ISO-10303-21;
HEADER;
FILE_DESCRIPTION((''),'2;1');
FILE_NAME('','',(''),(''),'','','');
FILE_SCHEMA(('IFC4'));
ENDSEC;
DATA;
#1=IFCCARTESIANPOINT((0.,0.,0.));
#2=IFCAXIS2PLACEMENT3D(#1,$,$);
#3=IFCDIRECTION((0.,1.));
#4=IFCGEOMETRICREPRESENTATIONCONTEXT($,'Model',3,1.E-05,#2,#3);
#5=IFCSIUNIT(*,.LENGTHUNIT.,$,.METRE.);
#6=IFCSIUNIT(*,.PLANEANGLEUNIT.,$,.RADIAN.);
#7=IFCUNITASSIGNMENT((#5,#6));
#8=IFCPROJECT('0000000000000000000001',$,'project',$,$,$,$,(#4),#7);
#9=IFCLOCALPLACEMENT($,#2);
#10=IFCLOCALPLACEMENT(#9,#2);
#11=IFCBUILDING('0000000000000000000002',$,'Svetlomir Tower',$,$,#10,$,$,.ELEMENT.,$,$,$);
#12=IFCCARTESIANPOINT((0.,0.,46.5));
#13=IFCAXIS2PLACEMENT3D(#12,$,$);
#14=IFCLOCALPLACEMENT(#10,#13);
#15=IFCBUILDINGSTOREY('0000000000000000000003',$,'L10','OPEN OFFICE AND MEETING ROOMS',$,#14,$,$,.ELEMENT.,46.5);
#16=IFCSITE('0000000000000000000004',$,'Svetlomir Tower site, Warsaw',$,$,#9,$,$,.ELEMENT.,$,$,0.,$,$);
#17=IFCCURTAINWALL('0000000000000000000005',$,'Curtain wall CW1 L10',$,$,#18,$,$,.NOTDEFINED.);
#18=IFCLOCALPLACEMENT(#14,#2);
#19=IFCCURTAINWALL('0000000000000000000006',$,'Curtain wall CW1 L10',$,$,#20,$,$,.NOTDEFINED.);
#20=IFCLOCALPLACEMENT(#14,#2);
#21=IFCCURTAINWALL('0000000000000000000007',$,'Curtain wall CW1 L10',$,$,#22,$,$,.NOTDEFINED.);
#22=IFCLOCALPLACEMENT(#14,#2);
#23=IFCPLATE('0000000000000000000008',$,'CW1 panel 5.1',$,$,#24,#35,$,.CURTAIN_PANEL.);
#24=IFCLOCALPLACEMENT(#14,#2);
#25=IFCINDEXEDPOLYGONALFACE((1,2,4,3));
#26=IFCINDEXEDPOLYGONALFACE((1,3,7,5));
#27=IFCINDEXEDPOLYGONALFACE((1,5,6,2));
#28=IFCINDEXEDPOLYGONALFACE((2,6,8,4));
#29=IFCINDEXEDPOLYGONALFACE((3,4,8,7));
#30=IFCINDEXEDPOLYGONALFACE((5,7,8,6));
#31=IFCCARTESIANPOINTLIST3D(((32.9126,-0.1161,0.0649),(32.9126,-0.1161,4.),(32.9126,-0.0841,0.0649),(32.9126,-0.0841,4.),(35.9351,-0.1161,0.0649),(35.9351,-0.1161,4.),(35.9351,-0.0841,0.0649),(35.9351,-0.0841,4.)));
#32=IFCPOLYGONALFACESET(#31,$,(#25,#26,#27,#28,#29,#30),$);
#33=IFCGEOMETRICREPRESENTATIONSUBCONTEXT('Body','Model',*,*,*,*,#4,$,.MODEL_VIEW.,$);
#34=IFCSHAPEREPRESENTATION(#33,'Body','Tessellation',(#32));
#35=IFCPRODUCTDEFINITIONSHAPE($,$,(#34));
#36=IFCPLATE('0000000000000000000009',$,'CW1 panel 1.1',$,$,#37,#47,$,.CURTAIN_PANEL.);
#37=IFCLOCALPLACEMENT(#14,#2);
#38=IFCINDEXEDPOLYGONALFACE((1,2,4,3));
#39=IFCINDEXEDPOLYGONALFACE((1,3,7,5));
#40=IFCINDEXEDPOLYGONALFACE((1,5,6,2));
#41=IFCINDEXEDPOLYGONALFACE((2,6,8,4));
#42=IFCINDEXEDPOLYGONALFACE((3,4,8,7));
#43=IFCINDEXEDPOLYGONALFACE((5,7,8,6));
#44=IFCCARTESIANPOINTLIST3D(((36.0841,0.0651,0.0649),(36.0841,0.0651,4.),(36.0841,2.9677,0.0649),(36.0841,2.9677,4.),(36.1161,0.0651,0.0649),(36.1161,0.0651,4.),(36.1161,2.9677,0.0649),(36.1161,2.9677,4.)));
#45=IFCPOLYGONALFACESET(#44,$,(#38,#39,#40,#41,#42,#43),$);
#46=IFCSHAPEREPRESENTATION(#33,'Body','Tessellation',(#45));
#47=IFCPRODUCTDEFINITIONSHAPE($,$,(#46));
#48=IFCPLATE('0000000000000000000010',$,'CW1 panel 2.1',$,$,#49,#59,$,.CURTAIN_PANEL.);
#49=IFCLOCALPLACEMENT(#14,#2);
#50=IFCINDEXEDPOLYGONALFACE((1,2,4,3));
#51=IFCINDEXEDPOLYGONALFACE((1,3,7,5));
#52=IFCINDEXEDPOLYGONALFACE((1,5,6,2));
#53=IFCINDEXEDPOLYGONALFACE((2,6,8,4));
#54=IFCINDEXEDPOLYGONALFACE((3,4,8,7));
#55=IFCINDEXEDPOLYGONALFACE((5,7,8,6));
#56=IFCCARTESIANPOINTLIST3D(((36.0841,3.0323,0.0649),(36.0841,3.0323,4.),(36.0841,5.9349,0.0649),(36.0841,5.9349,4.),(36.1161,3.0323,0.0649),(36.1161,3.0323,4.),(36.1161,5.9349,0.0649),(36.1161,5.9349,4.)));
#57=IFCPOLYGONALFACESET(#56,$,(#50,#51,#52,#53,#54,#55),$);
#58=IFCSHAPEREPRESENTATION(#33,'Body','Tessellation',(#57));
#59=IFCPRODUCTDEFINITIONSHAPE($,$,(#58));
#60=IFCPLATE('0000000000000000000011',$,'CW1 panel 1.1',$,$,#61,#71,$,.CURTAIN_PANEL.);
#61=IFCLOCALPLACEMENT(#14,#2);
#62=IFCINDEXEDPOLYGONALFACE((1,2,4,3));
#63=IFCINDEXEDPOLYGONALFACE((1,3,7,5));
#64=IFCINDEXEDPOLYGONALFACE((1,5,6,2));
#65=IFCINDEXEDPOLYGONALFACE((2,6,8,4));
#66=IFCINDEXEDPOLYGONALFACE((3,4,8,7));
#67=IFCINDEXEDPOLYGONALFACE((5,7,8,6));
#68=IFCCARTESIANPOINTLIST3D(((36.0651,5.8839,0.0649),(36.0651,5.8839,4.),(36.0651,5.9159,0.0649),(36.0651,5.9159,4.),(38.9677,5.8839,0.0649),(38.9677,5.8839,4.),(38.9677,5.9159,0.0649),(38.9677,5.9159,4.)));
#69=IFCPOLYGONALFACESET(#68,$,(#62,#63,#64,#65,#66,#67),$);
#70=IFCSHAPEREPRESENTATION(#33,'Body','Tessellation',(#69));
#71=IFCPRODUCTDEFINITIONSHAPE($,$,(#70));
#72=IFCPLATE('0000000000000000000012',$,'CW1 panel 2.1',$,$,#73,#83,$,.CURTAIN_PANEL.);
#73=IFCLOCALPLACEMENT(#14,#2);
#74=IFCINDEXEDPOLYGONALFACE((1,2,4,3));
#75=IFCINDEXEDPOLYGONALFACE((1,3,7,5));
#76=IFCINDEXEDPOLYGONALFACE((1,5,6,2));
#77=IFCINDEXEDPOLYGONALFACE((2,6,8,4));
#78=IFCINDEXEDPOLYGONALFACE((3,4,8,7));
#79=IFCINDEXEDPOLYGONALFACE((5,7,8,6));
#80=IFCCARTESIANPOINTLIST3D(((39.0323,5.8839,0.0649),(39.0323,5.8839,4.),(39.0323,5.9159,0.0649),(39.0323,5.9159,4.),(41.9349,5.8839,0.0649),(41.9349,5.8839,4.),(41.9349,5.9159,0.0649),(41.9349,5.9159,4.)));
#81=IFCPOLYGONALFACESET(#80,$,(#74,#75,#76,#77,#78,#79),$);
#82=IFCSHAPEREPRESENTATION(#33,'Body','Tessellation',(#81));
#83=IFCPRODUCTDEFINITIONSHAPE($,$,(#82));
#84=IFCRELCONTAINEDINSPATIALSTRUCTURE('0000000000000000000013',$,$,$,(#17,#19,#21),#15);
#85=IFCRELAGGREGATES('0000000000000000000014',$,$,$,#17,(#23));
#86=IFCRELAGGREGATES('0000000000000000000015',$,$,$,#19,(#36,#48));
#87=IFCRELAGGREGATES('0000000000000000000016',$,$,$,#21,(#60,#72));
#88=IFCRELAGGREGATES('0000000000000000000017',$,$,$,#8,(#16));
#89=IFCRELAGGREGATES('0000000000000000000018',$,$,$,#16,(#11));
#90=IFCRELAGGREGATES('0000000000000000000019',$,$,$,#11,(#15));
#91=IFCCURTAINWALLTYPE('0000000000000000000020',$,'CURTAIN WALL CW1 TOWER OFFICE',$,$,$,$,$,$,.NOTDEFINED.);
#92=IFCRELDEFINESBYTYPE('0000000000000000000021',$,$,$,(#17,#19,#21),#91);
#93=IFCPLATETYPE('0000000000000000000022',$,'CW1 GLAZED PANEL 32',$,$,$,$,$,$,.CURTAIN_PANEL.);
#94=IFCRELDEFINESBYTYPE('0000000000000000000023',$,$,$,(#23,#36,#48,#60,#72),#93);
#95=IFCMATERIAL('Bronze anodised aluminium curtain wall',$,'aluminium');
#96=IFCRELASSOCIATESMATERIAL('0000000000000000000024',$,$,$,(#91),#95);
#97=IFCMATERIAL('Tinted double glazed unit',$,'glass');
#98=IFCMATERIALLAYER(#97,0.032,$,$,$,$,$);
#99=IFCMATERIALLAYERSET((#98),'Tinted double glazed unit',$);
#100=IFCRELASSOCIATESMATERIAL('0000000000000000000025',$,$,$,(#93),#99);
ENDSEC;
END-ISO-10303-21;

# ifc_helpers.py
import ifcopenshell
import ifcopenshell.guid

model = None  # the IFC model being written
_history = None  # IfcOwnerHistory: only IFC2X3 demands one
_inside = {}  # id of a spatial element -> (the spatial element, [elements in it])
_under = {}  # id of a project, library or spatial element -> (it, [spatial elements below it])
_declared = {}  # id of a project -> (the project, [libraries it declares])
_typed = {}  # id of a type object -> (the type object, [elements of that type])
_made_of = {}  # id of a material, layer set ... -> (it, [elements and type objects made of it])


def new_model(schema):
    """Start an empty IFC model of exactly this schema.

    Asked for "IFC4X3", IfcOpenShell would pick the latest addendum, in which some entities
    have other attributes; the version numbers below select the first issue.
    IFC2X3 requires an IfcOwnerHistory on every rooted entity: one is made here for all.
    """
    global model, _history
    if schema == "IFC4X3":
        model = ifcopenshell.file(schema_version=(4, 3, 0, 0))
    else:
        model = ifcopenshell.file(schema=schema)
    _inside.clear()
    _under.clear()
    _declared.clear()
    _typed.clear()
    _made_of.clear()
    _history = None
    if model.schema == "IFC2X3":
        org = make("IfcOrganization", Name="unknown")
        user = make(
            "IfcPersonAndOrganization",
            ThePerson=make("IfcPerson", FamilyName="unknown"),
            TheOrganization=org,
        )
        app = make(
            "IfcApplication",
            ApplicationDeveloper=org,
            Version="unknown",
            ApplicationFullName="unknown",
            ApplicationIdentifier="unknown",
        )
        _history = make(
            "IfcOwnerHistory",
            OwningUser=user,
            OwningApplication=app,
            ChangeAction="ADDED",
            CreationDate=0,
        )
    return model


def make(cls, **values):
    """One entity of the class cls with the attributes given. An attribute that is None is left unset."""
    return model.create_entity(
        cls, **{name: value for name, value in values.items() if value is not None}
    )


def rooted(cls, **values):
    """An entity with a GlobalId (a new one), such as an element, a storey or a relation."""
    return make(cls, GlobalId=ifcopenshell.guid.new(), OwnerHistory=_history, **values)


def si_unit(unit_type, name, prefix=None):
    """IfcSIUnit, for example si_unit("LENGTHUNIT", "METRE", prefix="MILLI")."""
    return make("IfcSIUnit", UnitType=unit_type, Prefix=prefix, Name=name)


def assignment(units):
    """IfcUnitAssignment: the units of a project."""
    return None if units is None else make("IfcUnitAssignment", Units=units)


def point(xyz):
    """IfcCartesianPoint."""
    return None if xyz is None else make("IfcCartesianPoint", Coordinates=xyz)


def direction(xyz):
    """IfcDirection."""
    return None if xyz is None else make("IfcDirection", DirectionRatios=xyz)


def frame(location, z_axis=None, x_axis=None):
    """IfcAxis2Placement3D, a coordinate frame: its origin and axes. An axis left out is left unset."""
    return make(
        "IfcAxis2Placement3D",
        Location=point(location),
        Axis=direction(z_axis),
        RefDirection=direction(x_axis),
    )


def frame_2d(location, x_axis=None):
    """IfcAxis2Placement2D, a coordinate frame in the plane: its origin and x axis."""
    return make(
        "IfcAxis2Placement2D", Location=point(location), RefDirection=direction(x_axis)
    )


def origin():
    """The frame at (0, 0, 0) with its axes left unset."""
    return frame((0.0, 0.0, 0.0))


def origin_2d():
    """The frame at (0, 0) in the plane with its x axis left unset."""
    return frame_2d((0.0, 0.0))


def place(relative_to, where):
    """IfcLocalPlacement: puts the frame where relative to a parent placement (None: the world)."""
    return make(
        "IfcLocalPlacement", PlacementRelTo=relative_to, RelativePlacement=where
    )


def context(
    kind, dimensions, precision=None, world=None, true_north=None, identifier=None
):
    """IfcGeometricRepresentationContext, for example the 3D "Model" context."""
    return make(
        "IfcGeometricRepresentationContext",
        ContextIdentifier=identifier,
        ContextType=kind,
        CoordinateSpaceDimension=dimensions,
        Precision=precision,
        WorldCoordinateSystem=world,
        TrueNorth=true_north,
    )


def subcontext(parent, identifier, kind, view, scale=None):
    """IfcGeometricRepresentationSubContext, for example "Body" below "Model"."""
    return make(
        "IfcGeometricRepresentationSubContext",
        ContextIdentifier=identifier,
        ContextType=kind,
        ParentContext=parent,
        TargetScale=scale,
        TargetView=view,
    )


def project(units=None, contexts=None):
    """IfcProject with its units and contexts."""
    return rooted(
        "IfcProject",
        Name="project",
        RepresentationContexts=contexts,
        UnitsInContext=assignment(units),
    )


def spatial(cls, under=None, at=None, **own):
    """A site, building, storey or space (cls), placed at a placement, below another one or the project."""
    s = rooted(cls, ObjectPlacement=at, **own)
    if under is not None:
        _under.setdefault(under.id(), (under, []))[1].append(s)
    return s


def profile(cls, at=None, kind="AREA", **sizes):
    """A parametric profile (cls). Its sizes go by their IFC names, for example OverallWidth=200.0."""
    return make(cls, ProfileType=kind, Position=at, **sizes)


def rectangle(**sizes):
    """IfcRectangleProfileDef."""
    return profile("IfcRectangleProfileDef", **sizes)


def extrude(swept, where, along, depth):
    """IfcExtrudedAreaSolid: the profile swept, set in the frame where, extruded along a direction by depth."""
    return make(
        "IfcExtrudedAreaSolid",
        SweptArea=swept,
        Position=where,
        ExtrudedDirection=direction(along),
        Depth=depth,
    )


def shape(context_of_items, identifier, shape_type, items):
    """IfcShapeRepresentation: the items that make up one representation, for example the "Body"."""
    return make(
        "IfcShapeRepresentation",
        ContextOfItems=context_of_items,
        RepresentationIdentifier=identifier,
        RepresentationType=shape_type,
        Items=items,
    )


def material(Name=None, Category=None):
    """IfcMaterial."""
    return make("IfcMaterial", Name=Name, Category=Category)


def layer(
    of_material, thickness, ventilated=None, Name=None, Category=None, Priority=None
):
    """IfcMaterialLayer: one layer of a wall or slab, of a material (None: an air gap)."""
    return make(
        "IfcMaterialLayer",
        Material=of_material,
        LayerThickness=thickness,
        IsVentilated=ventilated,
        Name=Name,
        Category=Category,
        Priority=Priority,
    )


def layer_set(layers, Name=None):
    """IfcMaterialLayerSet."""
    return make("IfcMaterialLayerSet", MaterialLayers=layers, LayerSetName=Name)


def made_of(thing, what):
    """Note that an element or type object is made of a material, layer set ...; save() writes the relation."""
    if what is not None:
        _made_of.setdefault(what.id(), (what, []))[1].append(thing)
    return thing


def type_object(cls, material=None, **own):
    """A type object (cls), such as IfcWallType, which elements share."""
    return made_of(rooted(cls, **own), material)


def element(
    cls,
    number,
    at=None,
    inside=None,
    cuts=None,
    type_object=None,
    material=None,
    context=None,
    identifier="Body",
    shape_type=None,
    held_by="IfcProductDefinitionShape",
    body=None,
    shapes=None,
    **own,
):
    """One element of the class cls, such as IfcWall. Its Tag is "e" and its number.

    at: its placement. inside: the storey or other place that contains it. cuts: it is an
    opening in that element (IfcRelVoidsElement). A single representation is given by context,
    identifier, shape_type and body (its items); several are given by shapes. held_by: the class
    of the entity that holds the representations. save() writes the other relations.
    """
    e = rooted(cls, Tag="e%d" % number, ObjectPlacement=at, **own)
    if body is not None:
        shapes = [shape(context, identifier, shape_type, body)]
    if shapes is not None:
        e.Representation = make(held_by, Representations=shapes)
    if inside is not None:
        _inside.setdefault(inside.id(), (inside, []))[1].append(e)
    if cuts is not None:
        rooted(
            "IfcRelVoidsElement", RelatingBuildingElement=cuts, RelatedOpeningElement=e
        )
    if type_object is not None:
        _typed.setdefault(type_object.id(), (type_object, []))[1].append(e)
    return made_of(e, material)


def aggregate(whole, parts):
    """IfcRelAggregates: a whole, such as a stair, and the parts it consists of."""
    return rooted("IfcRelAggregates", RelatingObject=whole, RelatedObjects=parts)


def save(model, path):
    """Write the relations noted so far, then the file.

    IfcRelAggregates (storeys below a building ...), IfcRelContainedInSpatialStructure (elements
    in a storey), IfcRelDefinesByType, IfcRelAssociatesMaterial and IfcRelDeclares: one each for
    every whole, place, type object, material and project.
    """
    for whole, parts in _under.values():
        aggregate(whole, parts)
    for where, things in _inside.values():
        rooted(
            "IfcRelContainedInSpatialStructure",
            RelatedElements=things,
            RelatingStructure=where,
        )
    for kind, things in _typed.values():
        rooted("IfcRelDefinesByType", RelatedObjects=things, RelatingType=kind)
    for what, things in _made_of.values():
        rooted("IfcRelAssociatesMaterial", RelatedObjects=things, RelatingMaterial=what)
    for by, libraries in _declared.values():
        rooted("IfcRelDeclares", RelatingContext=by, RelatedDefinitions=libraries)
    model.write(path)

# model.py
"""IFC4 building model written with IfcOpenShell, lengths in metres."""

from ifc_helpers import new_model, si_unit, direction, frame, origin, origin_2d, place, context, subcontext, project, spatial, rectangle, extrude, material, layer, layer_set, type_object, element, aggregate, save


model = new_model("IFC4")

# Units and contexts
model_context = context("Model", 3, precision=1e-05, world=origin(), true_north=direction((0.0, 1.0)))
body_context = subcontext(model_context, "Body", "Model", "MODEL_VIEW")
ifc_project = project(units=[si_unit("LENGTHUNIT", "METRE"), si_unit("PLANEANGLEUNIT", "RADIAN")], contexts=[model_context])

# Site, building, storey
site_placement = place(None, origin())
site = spatial("IfcSite", under=ifc_project, at=site_placement, Name="Svetlomir Tower site, Warsaw", CompositionType="ELEMENT", RefElevation=0.0)
building_placement = place(site_placement, origin())
building = spatial("IfcBuilding", under=site, at=building_placement, Name="Svetlomir Tower", CompositionType="ELEMENT")
storey_placement = place(building_placement, frame((0.0, 0.0, 46.5)))
storey = spatial("IfcBuildingStorey", under=building, at=storey_placement, Name="L10", Description="OPEN OFFICE AND MEETING ROOMS", CompositionType="ELEMENT", Elevation=46.5)

# Curtain walls
ifc_material_1 = material(Name="Bronze anodised aluminium curtain wall", Category="aluminium")
curtain_wall_type = type_object("IfcCurtainWallType", Name="CURTAIN WALL CW1 TOWER OFFICE", PredefinedType="NOTDEFINED", material=ifc_material_1)
curtain_wall_1_placement = place(storey_placement, origin())
curtain_wall_1 = element("IfcCurtainWall", 1, at=curtain_wall_1_placement, inside=storey, type_object=curtain_wall_type, Name="Curtain wall CW1 L10", PredefinedType="NOTDEFINED")
curtain_wall_2_placement = place(storey_placement, origin())
curtain_wall_2 = element("IfcCurtainWall", 2, at=curtain_wall_2_placement, inside=storey, type_object=curtain_wall_type, Name="Curtain wall CW1 L10", PredefinedType="NOTDEFINED")
curtain_wall_3_placement = place(storey_placement, origin())
curtain_wall_3 = element("IfcCurtainWall", 3, at=curtain_wall_3_placement, inside=storey, type_object=curtain_wall_type, Name="Curtain wall CW1 L10", PredefinedType="NOTDEFINED")

# Plates
ifc_material_2 = material(Name="Tinted double glazed unit", Category="glass")
ifc_layer = layer(ifc_material_2, 0.032)
ifc_layer_set = layer_set([ifc_layer], Name="Tinted double glazed unit")
plate_type = type_object("IfcPlateType", Name="CW1 GLAZED PANEL 32", PredefinedType="CURTAIN_PANEL", material=ifc_layer_set)
plate_1_placement = place(storey_placement, frame((34.4238, -0.1001, 0.0649), z_axis=(0.0, 0.0, 1.0), x_axis=(1.0, 0.0, 0.0)))
plate_1 = element("IfcPlate", 4, at=plate_1_placement, type_object=plate_type, Name="CW1 panel 5.1", PredefinedType="CURTAIN_PANEL", context=body_context, shape_type="SweptSolid", body=[
    extrude(rectangle(XDim=3.0225, YDim=0.032, at=origin_2d()), origin(), (0.0, 0.0, 1.0), 3.9351),
])
aggregate(curtain_wall_1, [plate_1])
plate_2_placement = place(storey_placement, frame((36.1001, 1.5164, 0.0649), z_axis=(0.0, 0.0, 1.0), x_axis=(0.0, 1.0, 0.0)))
plate_2 = element("IfcPlate", 5, at=plate_2_placement, type_object=plate_type, Name="CW1 panel 1.1", PredefinedType="CURTAIN_PANEL", context=body_context, shape_type="SweptSolid", body=[
    extrude(rectangle(XDim=2.9026, YDim=0.032, at=origin_2d()), origin(), (0.0, 0.0, 1.0), 3.9351),
])
plate_3_placement = place(storey_placement, frame((36.1001, 4.4836, 0.0649), z_axis=(0.0, 0.0, 1.0), x_axis=(0.0, 1.0, 0.0)))
plate_3 = element("IfcPlate", 6, at=plate_3_placement, type_object=plate_type, Name="CW1 panel 2.1", PredefinedType="CURTAIN_PANEL", context=body_context, shape_type="SweptSolid", body=[
    extrude(rectangle(XDim=2.9026, YDim=0.032, at=origin_2d()), origin(), (0.0, 0.0, 1.0), 3.9351),
])
aggregate(curtain_wall_2, [plate_2, plate_3])
plate_4_placement = place(storey_placement, frame((37.5164, 5.8999, 0.0649), z_axis=(0.0, 0.0, 1.0), x_axis=(1.0, 0.0, 0.0)))
plate_4 = element("IfcPlate", 7, at=plate_4_placement, type_object=plate_type, Name="CW1 panel 1.1", PredefinedType="CURTAIN_PANEL", context=body_context, shape_type="SweptSolid", body=[
    extrude(rectangle(XDim=2.9026, YDim=0.032, at=origin_2d()), origin(), (0.0, 0.0, 1.0), 3.9351),
])
plate_5_placement = place(storey_placement, frame((40.4836, 5.8999, 0.0649), z_axis=(0.0, 0.0, 1.0), x_axis=(1.0, 0.0, 0.0)))
plate_5 = element("IfcPlate", 8, at=plate_5_placement, type_object=plate_type, Name="CW1 panel 2.1", PredefinedType="CURTAIN_PANEL", context=body_context, shape_type="SweptSolid", body=[
    extrude(rectangle(XDim=2.9026, YDim=0.032, at=origin_2d()), origin(), (0.0, 0.0, 1.0), 3.9351),
])
aggregate(curtain_wall_3, [plate_4, plate_5])

save(model, "model.ifc")
